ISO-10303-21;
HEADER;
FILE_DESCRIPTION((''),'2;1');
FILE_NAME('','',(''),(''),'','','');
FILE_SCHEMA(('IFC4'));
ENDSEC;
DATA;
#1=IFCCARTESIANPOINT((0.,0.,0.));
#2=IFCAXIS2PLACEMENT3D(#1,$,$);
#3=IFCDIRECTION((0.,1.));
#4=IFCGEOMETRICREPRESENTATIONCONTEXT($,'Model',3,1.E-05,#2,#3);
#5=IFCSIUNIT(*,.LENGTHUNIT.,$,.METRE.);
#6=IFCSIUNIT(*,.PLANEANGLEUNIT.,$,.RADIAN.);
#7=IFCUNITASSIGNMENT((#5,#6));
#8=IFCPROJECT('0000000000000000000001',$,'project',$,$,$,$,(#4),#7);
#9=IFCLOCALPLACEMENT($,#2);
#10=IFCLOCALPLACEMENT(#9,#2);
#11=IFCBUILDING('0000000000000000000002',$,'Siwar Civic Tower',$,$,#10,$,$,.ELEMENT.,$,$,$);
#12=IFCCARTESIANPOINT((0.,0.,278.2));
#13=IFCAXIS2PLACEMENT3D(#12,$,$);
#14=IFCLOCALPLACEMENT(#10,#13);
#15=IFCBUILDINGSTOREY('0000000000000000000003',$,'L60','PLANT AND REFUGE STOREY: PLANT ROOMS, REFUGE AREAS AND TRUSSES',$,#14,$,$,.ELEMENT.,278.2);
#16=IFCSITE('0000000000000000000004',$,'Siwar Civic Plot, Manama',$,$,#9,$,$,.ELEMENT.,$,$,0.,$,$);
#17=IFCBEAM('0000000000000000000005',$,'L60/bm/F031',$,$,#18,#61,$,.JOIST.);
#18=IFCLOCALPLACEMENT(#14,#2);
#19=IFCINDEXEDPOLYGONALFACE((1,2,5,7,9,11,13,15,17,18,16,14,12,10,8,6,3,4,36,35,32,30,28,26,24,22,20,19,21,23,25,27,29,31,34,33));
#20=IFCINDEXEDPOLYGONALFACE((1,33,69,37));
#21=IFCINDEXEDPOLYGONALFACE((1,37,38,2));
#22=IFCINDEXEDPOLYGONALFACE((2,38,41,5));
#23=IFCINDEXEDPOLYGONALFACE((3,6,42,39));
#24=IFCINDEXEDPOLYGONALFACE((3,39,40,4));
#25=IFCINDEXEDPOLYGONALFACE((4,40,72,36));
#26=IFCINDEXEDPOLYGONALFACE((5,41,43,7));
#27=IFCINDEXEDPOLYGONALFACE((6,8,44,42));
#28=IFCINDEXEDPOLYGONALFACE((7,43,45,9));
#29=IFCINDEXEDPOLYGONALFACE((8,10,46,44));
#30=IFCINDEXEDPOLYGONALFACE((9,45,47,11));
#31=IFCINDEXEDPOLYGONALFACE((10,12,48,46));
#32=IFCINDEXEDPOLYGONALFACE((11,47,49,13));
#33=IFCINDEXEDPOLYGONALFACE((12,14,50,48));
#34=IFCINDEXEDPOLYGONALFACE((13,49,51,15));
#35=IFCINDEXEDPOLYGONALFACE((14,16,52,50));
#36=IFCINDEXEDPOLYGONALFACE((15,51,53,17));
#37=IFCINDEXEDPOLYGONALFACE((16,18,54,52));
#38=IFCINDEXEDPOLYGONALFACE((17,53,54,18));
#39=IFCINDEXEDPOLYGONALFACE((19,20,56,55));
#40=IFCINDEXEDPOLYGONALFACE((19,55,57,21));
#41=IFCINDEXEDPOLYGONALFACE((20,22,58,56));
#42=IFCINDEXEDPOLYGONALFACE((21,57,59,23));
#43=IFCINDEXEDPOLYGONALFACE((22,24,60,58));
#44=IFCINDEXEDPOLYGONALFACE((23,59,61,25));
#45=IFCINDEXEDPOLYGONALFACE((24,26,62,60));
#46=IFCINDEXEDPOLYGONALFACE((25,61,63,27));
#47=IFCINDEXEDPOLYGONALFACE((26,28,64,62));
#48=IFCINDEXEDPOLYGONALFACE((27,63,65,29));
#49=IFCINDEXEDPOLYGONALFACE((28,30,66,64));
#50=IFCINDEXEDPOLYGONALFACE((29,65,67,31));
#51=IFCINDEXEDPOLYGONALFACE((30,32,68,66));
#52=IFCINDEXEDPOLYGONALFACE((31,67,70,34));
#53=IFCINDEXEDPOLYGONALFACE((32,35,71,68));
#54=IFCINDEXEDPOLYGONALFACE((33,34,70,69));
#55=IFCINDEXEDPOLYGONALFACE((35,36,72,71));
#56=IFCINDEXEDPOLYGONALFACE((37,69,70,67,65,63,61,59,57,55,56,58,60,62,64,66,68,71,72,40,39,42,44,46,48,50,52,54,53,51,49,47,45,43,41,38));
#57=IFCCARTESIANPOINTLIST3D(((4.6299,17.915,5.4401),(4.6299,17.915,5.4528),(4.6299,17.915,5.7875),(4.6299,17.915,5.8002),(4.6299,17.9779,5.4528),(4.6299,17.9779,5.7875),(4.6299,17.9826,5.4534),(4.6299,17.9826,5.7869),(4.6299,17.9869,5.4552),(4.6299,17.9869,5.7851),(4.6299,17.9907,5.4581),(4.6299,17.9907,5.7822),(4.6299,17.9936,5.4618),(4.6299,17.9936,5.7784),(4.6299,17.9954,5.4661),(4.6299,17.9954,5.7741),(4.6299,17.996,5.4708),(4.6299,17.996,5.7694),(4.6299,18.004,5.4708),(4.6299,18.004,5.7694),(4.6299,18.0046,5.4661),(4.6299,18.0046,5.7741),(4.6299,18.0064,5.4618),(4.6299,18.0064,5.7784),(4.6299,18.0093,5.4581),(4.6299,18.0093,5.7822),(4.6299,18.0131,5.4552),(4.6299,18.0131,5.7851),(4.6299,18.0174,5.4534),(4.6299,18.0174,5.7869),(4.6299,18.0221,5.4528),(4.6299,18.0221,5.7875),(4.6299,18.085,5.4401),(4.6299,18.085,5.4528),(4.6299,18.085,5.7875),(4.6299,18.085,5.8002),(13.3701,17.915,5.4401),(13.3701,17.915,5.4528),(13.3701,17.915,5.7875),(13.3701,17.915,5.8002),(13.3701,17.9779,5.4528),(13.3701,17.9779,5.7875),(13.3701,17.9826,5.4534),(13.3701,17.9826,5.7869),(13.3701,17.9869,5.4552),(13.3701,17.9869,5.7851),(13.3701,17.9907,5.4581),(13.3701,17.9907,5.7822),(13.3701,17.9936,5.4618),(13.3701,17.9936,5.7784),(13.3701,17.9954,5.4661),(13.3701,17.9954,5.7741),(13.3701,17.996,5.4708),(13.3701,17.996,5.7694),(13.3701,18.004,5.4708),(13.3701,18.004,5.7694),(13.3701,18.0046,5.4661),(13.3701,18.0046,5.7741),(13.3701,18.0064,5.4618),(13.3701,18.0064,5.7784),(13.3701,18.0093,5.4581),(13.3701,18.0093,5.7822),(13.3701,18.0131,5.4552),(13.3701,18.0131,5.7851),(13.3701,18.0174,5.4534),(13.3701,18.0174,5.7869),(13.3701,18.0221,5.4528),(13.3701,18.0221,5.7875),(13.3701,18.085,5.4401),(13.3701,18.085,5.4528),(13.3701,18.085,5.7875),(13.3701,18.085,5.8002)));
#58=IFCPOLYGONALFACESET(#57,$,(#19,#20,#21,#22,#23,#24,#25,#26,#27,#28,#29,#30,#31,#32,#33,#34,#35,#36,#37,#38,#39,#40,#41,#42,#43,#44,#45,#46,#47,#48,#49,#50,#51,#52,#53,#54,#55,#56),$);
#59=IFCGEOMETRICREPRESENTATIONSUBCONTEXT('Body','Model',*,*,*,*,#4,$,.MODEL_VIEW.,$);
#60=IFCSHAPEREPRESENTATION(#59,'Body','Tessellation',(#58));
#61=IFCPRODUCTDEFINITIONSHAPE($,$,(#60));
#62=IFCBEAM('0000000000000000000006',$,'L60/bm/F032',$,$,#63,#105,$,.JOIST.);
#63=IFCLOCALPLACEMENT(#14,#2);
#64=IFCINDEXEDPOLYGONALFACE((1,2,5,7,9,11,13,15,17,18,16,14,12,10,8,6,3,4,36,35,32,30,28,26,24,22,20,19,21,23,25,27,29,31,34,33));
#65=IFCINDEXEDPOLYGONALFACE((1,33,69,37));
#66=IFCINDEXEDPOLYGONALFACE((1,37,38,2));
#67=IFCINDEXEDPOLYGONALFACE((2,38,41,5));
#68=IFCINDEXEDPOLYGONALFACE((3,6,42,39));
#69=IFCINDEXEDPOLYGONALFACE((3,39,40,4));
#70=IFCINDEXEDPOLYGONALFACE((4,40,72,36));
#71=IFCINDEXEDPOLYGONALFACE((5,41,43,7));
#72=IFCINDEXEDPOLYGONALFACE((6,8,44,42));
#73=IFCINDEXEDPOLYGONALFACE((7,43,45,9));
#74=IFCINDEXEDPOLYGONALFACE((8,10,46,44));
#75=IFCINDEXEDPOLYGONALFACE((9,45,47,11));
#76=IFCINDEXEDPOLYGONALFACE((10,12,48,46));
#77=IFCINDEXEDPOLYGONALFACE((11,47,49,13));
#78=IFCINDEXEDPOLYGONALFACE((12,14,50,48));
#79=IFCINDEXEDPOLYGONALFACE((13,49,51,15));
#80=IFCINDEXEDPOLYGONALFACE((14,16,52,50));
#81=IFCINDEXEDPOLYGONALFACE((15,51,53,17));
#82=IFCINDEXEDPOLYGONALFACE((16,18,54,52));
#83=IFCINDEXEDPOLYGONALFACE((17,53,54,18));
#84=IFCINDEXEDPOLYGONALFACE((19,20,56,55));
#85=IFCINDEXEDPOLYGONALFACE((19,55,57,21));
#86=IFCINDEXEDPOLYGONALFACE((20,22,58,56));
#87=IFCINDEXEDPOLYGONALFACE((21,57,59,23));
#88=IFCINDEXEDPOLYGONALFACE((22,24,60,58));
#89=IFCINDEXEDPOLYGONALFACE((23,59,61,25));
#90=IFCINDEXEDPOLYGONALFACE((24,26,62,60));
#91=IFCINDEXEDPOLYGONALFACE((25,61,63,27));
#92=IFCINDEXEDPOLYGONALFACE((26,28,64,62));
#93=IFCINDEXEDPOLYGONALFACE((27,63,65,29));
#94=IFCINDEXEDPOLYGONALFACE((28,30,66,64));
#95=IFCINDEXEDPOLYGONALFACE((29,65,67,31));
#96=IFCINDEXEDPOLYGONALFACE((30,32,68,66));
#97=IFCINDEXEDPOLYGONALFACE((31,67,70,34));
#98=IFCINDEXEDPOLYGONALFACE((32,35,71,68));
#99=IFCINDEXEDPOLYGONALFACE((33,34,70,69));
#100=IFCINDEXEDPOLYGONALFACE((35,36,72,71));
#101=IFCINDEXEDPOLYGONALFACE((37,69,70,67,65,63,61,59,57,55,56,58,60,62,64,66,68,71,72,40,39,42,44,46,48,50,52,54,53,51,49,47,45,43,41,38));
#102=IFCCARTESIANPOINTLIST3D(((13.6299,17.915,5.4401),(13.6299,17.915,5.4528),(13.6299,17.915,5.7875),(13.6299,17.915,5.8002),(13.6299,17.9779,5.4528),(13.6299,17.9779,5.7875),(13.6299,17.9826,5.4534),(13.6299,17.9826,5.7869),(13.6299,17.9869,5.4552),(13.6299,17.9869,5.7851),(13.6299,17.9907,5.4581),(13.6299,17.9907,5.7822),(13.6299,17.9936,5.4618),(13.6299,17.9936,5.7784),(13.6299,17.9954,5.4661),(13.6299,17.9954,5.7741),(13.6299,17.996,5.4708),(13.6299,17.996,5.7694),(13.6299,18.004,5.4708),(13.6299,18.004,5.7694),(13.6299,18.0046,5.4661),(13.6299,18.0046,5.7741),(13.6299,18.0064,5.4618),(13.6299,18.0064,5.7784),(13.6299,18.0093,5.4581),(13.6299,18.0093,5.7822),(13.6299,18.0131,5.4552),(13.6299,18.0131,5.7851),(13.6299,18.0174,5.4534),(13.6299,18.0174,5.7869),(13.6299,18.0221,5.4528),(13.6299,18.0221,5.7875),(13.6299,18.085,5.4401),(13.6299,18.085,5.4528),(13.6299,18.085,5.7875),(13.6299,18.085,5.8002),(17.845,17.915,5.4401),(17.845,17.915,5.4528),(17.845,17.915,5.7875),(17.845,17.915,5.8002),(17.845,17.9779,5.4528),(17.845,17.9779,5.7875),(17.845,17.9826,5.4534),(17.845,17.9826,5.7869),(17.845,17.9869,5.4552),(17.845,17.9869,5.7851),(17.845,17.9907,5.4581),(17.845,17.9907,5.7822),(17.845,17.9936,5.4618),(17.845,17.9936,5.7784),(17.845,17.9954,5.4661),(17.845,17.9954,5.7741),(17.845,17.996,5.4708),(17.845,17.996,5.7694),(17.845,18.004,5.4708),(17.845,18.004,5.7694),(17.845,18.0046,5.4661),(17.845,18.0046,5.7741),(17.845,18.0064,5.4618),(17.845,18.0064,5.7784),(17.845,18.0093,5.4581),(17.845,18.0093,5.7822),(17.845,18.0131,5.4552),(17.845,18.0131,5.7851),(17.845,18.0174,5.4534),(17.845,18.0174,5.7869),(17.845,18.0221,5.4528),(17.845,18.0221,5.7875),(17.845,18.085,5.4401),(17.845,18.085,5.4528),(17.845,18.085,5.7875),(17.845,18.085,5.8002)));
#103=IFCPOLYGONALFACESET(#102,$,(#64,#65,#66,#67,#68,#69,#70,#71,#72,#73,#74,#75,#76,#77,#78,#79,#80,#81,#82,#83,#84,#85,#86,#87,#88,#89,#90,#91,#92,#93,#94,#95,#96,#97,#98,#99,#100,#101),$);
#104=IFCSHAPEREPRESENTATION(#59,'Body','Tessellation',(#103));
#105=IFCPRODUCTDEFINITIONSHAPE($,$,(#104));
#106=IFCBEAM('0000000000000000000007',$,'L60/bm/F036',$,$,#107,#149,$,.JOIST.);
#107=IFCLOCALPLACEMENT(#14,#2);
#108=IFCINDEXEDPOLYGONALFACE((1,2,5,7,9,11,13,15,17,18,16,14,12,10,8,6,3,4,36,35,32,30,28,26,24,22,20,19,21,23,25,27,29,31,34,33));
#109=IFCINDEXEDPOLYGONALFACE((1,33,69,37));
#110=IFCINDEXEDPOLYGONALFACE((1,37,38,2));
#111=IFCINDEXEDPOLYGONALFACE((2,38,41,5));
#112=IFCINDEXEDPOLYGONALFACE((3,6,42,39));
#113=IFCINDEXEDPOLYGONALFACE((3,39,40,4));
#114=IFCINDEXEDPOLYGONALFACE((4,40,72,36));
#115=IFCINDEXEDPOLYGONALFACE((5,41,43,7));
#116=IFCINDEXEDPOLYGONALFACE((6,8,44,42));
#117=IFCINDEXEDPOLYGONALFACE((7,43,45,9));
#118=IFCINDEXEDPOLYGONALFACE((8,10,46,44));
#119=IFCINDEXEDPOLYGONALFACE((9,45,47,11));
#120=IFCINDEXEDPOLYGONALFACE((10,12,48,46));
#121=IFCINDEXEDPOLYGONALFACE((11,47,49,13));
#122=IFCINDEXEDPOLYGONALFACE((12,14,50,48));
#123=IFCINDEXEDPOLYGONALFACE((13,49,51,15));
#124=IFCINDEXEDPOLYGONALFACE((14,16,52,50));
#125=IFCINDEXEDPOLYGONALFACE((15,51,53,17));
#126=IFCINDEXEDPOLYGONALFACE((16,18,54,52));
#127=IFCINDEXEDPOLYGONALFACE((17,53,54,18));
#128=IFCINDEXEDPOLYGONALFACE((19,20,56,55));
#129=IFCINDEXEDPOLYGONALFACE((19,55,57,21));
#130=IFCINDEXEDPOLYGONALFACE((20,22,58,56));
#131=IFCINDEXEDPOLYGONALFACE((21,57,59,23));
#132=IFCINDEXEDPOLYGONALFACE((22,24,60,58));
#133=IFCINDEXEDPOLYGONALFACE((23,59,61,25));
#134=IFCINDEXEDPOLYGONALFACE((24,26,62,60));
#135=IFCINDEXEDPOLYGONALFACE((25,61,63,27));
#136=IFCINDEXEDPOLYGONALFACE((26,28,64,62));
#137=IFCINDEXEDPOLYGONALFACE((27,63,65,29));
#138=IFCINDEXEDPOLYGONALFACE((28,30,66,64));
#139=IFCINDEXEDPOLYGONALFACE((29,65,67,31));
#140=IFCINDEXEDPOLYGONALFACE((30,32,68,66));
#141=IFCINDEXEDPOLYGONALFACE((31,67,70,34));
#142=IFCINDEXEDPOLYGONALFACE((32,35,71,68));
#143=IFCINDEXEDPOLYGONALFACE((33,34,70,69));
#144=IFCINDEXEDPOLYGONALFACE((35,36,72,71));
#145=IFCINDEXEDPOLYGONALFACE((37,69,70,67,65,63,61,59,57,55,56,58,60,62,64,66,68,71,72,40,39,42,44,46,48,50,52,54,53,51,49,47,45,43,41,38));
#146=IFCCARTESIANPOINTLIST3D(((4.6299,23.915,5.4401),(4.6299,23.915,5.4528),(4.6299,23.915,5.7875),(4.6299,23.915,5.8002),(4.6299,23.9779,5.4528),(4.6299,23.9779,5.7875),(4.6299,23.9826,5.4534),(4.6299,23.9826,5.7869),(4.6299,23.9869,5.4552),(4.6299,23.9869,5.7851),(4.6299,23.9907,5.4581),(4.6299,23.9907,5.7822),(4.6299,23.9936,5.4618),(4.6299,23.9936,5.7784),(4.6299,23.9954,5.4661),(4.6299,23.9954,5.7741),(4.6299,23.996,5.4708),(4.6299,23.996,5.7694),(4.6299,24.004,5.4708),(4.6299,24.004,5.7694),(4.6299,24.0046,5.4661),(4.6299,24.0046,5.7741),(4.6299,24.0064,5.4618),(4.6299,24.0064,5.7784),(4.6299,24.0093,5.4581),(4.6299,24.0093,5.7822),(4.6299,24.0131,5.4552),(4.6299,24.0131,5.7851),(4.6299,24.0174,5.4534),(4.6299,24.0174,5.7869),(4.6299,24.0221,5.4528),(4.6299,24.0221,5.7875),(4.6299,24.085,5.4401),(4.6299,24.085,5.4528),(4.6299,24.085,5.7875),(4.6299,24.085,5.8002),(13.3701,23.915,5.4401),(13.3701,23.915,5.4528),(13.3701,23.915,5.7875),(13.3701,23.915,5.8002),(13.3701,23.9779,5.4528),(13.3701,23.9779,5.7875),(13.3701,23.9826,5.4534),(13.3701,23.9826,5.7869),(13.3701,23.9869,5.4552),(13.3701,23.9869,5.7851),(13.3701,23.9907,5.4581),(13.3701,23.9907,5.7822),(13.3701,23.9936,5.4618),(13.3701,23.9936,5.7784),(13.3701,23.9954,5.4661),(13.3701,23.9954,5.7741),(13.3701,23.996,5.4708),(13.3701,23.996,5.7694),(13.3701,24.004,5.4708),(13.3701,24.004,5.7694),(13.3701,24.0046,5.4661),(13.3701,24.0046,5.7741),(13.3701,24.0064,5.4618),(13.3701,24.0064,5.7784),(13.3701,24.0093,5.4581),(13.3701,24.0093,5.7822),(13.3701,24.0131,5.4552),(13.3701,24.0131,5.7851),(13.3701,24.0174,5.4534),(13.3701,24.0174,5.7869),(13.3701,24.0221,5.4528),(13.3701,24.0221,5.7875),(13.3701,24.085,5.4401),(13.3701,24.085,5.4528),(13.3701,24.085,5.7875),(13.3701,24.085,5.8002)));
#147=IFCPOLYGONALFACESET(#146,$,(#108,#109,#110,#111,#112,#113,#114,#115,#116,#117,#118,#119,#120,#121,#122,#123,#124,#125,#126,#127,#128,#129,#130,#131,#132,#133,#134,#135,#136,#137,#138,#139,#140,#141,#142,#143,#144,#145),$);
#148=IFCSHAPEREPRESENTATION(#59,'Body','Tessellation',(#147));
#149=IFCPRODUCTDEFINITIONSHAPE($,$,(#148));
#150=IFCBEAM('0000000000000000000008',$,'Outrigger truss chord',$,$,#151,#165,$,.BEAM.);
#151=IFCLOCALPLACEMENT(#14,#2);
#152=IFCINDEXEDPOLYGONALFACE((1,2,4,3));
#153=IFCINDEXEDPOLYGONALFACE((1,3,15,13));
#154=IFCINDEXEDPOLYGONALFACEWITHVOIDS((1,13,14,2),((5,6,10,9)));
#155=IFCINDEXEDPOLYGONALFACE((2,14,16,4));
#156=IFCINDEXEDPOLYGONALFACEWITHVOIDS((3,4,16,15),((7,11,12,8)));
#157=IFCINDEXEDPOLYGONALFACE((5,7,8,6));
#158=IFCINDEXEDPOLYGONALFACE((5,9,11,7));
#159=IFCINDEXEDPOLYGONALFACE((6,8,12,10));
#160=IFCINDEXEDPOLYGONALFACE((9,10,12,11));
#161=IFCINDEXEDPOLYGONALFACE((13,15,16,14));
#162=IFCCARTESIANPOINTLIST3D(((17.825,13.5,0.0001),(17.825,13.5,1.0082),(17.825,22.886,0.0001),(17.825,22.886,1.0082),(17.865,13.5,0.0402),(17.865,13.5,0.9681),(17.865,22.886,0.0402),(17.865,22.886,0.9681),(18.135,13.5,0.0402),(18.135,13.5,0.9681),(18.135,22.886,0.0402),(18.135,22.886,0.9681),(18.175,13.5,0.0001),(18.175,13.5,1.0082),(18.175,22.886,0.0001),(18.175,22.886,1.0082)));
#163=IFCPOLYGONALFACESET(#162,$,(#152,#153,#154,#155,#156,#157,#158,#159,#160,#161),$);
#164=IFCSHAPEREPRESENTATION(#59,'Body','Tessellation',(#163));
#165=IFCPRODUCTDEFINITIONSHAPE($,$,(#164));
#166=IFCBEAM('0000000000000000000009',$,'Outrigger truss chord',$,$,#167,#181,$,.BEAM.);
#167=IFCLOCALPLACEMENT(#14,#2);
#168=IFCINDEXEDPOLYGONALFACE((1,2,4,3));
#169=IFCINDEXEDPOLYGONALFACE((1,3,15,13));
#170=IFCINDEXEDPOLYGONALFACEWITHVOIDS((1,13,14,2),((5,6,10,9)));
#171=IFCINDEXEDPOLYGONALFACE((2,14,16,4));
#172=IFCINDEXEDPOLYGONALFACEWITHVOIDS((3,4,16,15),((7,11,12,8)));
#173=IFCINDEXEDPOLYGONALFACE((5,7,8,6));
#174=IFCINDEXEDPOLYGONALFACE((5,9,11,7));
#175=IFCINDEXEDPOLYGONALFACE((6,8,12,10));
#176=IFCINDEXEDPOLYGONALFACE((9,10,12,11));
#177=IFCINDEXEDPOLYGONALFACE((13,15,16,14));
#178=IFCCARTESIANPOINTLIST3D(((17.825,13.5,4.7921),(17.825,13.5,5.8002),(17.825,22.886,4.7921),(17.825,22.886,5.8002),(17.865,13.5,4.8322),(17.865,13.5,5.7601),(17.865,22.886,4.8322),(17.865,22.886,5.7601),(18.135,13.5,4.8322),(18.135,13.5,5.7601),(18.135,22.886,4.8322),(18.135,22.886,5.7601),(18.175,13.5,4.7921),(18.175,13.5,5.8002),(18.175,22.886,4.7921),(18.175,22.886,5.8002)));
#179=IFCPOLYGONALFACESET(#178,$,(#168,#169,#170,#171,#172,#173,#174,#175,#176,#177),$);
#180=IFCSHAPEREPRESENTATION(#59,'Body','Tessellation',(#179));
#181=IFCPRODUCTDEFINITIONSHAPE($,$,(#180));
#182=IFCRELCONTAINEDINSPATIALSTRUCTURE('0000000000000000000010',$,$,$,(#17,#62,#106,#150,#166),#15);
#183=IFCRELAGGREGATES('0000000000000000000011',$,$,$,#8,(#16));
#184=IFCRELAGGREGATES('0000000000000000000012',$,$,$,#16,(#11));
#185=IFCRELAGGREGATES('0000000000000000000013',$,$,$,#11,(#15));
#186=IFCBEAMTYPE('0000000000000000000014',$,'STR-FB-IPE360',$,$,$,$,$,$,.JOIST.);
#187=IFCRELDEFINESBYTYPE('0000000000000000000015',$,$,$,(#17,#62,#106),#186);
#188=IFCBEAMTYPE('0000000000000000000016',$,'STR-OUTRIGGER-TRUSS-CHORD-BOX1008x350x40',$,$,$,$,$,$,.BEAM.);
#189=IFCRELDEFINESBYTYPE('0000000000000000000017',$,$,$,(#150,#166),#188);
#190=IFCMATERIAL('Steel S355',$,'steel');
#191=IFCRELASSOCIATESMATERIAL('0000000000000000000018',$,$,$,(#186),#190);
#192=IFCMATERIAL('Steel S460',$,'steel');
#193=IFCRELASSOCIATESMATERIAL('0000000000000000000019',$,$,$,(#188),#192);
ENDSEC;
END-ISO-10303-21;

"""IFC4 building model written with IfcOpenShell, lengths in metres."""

from ifc_helpers import new_model, si_unit, direction, frame, origin, origin_2d, place, context, subcontext, project, spatial, hollow_rectangle, i_section, extrude, material, material_profile, profile_set, type_object, element, save


model = new_model("IFC4")

# Units and contexts
model_context = context("Model", 3, precision=1e-05, world=origin(), true_north=direction((0.0, 1.0)))
body_context = subcontext(model_context, "Body", "Model", "MODEL_VIEW")
ifc_project = project(units=[si_unit("LENGTHUNIT", "METRE"), si_unit("PLANEANGLEUNIT", "RADIAN")], contexts=[model_context])

# Site, building, storey
site_placement = place(None, origin())
site = spatial("IfcSite", under=ifc_project, at=site_placement, Name="Siwar Civic Plot, Manama", CompositionType="ELEMENT", RefElevation=0.0)
building_placement = place(site_placement, origin())
building = spatial("IfcBuilding", under=site, at=building_placement, Name="Siwar Civic Tower", CompositionType="ELEMENT")
storey_placement = place(building_placement, frame((0.0, 0.0, 278.2)))
storey = spatial("IfcBuildingStorey", under=building, at=storey_placement, Name="L60", Description="PLANT AND REFUGE STOREY: PLANT ROOMS, REFUGE AREAS AND TRUSSES", CompositionType="ELEMENT", Elevation=278.2)

# Beams
ifc_material_1 = material(Name="Steel S355", Category="steel")
ifc_material_profile_1 = material_profile(ifc_material_1, i_section(OverallWidth=0.1699, OverallDepth=0.3601, WebThickness=0.0081, FlangeThickness=0.0127, FilletRadius=0.0181, at=origin_2d()), Name="IPE360")
ifc_profile_set_1 = profile_set([ifc_material_profile_1], Name="Steel S355")
beam_type_1 = type_object("IfcBeamType", Name="STR-FB-IPE360", PredefinedType="JOIST", material=ifc_profile_set_1)
beam_1_placement = place(storey_placement, frame((4.6299, 18.0, 5.6201), z_axis=(1.0, 0.0, 0.0), x_axis=(0.0, 1.0, 0.0)))
element("IfcBeam", 1, at=beam_1_placement, inside=storey, type_object=beam_type_1, Name="L60/bm/F031", PredefinedType="JOIST", context=body_context, shape_type="SweptSolid", body=[
    extrude(i_section(OverallWidth=0.1699, OverallDepth=0.3601, WebThickness=0.0081, FlangeThickness=0.0127, FilletRadius=0.0181, at=origin_2d()), origin(), (0.0, 0.0, 1.0), 8.7402),
])
beam_2_placement = place(storey_placement, frame((13.6299, 18.0, 5.6201), z_axis=(1.0, 0.0, 0.0), x_axis=(0.0, 1.0, 0.0)))
element("IfcBeam", 2, at=beam_2_placement, inside=storey, type_object=beam_type_1, Name="L60/bm/F032", PredefinedType="JOIST", context=body_context, shape_type="SweptSolid", body=[
    extrude(i_section(OverallWidth=0.1699, OverallDepth=0.3601, WebThickness=0.0081, FlangeThickness=0.0127, FilletRadius=0.0181, at=origin_2d()), origin(), (0.0, 0.0, 1.0), 4.2151),
])
beam_3_placement = place(storey_placement, frame((4.6299, 24.0, 5.6201), z_axis=(1.0, 0.0, 0.0), x_axis=(0.0, 1.0, 0.0)))
element("IfcBeam", 3, at=beam_3_placement, inside=storey, type_object=beam_type_1, Name="L60/bm/F036", PredefinedType="JOIST", context=body_context, shape_type="SweptSolid", body=[
    extrude(i_section(OverallWidth=0.1699, OverallDepth=0.3601, WebThickness=0.0081, FlangeThickness=0.0127, FilletRadius=0.0181, at=origin_2d()), origin(), (0.0, 0.0, 1.0), 8.7402),
])
ifc_material_2 = material(Name="Steel S460", Category="steel")
ifc_material_profile_2 = material_profile(ifc_material_2, hollow_rectangle(XDim=0.3501, YDim=1.0081, WallThickness=0.04, at=origin_2d()), Name="BOX1008x350x40")
ifc_profile_set_2 = profile_set([ifc_material_profile_2], Name="Steel S460")
beam_type_2 = type_object("IfcBeamType", Name="STR-OUTRIGGER-TRUSS-CHORD-BOX1008x350x40", PredefinedType="BEAM", material=ifc_profile_set_2)
for number, where, z_axis, x_axis, name in (
    (4, (18.0, 22.886, 0.5042), (0.0, -1.0, 0.0), (1.0, 0.0, 0.0), "Outrigger truss chord"),
    (5, (18.0, 22.886, 5.2961), (0.0, -1.0, 0.0), (1.0, 0.0, 0.0), "Outrigger truss chord"),
):
    element("IfcBeam", number, at=place(storey_placement, frame(where, z_axis=z_axis, x_axis=x_axis)), inside=storey, type_object=beam_type_2, Name=name, PredefinedType="BEAM", context=body_context, shape_type="SweptSolid", body=[
        extrude(hollow_rectangle(XDim=0.3501, YDim=1.0081, WallThickness=0.04, at=origin_2d()), origin(), (0.0, 0.0, 1.0), 9.386),
    ])

save(model, "model.ifc")
